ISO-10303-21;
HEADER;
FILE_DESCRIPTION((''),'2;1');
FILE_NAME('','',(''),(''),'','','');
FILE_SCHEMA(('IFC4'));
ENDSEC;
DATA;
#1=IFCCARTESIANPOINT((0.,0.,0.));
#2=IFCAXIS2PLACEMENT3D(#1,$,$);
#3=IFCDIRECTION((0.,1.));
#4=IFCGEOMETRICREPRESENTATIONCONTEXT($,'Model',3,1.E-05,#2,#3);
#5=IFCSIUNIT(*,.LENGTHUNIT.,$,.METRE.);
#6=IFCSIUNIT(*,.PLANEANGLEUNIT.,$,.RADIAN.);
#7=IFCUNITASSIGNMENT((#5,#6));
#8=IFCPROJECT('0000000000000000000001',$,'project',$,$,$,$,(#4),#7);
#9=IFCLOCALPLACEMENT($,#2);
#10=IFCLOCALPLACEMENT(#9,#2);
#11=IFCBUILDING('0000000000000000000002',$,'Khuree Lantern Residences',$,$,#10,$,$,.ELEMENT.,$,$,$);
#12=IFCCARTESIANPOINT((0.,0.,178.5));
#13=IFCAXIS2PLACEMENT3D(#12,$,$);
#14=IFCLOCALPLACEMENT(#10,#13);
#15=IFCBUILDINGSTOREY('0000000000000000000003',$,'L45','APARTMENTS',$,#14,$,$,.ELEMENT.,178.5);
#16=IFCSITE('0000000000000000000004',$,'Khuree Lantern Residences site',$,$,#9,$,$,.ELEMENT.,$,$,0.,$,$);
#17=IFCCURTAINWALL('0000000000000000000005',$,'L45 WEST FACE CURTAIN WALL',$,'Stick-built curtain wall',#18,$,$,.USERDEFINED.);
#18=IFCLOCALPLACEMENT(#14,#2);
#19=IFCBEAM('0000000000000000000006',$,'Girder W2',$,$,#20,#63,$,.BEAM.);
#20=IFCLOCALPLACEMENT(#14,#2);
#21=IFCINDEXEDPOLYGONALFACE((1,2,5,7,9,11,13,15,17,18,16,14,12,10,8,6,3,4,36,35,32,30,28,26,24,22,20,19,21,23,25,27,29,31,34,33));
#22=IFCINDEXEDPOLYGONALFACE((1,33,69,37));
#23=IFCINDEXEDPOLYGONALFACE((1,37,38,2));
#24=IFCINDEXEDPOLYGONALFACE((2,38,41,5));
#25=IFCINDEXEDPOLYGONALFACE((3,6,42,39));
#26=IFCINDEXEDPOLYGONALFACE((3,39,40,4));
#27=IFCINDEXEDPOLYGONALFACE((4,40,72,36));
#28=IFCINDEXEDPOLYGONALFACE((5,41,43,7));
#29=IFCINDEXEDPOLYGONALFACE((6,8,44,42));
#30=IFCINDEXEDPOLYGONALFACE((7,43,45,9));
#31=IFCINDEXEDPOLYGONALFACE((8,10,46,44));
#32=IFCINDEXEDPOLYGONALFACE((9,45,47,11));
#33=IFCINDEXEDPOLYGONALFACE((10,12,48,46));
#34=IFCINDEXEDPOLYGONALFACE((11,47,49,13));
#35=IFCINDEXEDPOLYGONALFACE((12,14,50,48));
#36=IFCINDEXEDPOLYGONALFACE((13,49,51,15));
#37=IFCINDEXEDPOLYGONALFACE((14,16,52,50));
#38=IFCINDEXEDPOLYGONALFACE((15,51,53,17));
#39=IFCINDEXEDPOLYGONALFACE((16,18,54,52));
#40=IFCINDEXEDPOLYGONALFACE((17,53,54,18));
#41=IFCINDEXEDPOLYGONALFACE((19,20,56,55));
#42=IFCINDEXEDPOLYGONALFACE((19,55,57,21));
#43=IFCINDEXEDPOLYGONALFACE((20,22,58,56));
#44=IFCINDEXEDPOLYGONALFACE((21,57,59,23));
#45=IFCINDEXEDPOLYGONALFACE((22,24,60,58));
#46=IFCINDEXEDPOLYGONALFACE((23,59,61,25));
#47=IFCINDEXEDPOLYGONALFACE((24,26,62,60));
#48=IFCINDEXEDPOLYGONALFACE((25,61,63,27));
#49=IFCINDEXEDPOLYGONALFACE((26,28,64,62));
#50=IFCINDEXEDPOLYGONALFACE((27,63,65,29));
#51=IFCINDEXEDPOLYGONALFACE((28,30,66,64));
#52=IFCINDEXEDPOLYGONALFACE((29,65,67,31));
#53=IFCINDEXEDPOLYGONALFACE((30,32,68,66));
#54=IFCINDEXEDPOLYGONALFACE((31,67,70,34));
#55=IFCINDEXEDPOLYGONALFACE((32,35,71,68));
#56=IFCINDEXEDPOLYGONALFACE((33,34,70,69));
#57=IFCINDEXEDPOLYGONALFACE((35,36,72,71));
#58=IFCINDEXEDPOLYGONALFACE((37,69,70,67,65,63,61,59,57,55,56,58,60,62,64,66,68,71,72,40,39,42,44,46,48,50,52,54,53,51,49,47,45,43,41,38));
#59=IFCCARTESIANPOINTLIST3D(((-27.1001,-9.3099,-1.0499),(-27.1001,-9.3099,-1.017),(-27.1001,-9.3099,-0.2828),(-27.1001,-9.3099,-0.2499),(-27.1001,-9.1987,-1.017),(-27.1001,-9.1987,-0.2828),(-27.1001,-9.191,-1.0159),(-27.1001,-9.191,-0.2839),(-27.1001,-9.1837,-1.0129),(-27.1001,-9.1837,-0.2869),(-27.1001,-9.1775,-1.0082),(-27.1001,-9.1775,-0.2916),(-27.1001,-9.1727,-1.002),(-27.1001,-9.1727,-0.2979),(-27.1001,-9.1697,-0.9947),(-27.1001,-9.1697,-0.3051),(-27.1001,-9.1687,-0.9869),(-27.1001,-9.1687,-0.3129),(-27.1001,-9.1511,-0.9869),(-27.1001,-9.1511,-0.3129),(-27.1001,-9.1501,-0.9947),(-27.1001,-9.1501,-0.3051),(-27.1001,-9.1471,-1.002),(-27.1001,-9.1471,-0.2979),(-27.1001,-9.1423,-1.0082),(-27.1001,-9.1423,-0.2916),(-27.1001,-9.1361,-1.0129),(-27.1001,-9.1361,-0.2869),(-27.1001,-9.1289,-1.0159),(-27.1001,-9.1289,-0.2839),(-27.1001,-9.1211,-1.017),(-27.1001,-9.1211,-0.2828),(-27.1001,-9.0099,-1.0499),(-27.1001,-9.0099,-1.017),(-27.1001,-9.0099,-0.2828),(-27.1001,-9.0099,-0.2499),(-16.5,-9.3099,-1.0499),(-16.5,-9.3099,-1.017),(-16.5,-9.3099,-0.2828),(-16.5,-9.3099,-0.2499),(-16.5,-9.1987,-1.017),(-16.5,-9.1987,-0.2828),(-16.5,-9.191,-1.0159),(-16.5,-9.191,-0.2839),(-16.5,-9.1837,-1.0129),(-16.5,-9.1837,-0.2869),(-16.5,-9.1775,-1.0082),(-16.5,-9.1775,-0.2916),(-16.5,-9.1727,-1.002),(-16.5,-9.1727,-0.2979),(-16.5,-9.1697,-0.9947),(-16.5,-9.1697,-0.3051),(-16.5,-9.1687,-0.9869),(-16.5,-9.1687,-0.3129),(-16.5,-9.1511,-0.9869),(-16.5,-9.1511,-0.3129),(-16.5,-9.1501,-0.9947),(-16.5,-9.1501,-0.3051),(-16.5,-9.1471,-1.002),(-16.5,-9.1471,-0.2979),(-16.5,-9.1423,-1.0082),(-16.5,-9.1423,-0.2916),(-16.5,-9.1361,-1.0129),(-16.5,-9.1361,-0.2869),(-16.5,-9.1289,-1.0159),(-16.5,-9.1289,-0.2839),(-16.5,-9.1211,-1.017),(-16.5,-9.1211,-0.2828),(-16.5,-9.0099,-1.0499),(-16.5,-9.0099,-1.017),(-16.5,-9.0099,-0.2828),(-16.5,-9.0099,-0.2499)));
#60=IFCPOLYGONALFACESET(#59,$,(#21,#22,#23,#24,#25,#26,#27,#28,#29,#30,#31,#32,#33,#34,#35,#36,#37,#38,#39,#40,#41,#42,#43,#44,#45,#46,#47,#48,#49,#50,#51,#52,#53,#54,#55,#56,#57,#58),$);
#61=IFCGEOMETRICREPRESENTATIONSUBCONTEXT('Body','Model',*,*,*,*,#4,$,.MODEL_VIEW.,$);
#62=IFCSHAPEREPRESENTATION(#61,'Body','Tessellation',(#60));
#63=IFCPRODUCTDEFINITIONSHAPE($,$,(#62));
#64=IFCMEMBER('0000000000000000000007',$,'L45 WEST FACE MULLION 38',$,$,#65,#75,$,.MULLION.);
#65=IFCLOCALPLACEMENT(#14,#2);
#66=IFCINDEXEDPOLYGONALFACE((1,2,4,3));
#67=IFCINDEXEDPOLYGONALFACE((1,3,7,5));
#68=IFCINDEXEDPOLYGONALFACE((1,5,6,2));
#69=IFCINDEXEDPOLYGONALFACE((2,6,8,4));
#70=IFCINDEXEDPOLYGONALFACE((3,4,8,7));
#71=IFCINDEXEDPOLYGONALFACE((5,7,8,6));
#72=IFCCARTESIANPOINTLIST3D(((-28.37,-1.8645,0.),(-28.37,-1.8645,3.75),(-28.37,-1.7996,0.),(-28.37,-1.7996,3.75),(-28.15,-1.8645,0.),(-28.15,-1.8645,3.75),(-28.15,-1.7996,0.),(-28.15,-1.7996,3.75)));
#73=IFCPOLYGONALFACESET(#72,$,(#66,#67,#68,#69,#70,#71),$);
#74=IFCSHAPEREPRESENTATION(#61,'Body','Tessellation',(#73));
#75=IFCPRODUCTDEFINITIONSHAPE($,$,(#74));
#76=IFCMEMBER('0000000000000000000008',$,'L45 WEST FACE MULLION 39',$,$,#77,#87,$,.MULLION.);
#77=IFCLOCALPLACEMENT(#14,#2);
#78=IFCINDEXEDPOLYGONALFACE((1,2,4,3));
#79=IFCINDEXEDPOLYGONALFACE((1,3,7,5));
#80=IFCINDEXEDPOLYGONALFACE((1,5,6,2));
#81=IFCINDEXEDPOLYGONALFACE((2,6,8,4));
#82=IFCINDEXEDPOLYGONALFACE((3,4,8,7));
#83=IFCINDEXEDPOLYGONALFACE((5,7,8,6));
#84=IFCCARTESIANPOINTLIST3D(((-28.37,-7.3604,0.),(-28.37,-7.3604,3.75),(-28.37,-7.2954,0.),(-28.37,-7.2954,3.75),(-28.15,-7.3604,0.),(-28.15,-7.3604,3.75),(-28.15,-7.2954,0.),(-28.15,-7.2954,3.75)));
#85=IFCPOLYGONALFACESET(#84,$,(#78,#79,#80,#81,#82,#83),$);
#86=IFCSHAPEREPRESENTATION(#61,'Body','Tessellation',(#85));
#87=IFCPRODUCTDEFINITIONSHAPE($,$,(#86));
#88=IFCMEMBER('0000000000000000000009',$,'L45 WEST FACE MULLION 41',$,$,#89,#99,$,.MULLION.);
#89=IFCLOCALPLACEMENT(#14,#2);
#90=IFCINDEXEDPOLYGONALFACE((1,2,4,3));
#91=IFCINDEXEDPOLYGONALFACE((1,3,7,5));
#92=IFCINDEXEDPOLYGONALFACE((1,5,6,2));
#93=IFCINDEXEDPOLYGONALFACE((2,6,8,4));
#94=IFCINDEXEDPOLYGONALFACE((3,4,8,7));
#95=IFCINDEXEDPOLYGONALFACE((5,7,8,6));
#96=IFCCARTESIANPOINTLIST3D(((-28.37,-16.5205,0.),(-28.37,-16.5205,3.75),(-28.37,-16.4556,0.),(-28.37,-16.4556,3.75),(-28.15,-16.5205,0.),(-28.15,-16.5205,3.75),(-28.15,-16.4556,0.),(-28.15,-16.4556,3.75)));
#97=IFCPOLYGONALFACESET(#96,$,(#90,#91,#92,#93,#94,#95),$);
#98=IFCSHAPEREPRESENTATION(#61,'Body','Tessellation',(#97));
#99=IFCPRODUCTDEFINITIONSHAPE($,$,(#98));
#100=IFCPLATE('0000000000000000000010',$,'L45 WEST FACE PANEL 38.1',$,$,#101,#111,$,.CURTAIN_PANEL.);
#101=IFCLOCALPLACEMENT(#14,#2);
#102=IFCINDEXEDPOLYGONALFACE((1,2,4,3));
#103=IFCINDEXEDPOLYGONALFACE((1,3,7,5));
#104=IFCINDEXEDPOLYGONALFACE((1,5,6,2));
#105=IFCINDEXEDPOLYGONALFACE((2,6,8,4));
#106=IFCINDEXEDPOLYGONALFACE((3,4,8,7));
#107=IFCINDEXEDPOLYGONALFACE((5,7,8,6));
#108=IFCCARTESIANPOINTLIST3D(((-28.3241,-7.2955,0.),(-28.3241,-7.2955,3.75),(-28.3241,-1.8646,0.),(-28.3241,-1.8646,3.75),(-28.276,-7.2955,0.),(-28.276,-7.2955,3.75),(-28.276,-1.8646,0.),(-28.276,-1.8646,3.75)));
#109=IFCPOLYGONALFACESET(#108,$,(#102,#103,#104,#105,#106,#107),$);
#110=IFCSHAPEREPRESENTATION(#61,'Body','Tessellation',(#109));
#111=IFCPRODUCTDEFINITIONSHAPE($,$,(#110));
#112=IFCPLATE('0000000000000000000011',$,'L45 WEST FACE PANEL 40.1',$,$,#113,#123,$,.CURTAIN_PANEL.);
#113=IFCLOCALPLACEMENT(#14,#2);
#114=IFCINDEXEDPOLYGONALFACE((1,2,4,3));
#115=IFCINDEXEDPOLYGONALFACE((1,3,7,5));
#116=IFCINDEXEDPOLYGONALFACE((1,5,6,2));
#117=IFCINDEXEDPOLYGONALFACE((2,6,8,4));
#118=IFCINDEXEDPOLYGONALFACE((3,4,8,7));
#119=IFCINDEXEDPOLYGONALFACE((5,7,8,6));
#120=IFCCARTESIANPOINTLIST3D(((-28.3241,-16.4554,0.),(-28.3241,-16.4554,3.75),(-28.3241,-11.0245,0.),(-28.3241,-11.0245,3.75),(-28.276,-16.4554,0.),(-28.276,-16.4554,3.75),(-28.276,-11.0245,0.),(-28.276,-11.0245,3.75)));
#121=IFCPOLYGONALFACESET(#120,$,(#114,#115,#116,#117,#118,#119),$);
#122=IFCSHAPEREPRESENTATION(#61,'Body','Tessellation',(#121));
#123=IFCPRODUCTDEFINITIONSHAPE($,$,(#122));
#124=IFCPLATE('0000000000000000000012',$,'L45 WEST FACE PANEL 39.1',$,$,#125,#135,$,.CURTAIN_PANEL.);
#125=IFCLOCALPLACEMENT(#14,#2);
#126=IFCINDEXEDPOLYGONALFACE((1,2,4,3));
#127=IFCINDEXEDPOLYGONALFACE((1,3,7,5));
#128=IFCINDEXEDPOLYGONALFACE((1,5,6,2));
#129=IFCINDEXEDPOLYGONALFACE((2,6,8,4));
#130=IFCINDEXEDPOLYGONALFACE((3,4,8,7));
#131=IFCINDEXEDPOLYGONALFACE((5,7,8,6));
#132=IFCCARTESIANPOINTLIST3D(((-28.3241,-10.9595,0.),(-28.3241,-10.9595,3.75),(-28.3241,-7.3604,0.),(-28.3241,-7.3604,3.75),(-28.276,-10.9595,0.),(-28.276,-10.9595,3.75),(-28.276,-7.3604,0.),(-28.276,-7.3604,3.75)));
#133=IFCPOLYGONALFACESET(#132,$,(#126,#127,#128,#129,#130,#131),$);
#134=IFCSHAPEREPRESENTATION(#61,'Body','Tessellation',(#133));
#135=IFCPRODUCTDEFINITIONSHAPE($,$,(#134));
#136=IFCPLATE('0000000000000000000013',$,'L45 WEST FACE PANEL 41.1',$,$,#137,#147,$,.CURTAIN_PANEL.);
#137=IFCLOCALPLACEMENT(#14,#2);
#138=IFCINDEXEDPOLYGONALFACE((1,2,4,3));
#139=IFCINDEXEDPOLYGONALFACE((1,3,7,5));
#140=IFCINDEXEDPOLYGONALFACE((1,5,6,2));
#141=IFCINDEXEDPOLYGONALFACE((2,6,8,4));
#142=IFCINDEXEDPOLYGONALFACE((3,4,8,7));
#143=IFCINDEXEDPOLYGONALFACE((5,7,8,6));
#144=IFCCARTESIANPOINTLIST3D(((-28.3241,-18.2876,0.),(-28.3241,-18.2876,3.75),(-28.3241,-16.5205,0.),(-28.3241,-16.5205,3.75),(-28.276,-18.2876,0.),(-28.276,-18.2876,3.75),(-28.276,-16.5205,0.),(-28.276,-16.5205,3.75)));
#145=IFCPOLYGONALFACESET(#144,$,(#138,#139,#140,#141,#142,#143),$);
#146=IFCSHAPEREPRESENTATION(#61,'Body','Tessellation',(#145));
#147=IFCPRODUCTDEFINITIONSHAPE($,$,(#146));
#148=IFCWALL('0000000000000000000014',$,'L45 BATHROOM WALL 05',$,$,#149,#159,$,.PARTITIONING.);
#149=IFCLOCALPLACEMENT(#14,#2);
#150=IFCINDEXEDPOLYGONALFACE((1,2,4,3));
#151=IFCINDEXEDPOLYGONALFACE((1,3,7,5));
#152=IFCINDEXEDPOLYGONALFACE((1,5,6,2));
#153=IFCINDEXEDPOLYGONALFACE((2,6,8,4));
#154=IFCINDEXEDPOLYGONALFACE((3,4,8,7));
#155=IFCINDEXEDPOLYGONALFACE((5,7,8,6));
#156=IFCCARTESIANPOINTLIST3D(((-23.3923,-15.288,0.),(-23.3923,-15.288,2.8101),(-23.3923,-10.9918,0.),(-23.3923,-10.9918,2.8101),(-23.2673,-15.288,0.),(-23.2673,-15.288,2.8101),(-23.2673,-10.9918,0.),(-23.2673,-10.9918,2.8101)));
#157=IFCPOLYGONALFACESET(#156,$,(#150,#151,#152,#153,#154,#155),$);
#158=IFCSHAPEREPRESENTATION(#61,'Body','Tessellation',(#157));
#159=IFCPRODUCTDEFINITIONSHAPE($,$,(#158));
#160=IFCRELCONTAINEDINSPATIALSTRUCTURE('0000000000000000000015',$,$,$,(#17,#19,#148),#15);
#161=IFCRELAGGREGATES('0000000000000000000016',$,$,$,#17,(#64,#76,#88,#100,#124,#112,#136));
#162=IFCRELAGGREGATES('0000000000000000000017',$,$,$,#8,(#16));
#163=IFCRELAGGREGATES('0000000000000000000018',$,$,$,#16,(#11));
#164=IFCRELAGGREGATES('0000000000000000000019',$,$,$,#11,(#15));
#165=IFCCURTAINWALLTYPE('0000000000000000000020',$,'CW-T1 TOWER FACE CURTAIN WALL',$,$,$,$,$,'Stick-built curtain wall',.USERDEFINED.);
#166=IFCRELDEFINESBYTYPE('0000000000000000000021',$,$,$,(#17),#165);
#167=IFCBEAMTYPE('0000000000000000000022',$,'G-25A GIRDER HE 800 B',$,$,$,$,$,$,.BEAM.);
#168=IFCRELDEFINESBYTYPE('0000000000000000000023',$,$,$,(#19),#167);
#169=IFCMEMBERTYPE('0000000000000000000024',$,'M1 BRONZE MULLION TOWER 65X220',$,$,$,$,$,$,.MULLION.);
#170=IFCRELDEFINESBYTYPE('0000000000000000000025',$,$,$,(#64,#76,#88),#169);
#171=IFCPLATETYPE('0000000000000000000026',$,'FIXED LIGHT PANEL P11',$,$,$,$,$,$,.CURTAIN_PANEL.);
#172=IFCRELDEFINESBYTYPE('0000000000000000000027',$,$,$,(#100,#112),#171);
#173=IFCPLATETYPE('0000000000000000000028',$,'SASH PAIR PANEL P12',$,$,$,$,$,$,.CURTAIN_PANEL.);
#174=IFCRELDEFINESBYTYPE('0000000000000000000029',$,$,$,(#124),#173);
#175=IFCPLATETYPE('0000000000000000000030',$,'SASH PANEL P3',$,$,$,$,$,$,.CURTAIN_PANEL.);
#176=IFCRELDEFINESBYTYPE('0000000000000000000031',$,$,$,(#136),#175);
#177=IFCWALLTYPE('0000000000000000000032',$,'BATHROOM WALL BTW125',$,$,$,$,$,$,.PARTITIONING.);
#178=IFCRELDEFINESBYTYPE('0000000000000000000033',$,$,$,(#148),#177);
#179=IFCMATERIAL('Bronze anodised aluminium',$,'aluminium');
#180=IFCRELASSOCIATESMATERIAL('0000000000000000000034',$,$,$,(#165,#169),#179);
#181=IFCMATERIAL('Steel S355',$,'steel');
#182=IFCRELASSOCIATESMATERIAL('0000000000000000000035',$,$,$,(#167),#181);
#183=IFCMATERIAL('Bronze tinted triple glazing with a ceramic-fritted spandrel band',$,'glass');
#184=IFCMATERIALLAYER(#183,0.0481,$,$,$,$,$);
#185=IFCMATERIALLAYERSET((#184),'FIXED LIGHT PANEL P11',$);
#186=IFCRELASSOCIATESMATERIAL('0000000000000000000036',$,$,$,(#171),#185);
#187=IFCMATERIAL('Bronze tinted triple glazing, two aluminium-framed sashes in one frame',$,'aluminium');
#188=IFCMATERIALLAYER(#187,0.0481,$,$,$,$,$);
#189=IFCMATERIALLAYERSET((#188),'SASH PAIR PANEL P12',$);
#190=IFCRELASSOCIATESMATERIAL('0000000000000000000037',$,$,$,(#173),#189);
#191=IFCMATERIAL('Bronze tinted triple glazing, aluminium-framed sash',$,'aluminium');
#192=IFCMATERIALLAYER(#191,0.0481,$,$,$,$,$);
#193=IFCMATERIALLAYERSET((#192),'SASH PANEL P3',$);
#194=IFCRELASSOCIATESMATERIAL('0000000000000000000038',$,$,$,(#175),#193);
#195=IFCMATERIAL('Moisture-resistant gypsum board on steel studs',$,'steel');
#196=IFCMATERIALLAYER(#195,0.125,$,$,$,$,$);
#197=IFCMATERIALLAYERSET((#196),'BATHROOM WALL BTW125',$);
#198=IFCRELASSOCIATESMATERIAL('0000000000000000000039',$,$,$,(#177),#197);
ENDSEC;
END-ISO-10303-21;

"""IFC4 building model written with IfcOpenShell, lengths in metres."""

from ifc_helpers import new_model, si_unit, direction, frame, frame_2d, origin, origin_2d, place, context, subcontext, project, spatial, rectangle, i_section, extrude, material, layer, layer_set, material_profile, profile_set, type_object, element, aggregate, save


model = new_model("IFC4")

# Units and contexts
model_context = context("Model", 3, precision=1e-05, world=origin(), true_north=direction((0.0, 1.0)))
body_context = subcontext(model_context, "Body", "Model", "MODEL_VIEW")
ifc_project = project(units=[si_unit("LENGTHUNIT", "METRE"), si_unit("PLANEANGLEUNIT", "RADIAN")], contexts=[model_context])

# Site, building, storey
site_placement = place(None, origin())
site = spatial("IfcSite", under=ifc_project, at=site_placement, Name="Khuree Lantern Residences site", CompositionType="ELEMENT", RefElevation=0.0)
building_placement = place(site_placement, origin())
building = spatial("IfcBuilding", under=site, at=building_placement, Name="Khuree Lantern Residences", CompositionType="ELEMENT")
storey_placement = place(building_placement, frame((0.0, 0.0, 178.5)))
storey = spatial("IfcBuildingStorey", under=building, at=storey_placement, Name="L45", Description="APARTMENTS", CompositionType="ELEMENT", Elevation=178.5)

# Shared definitions
ifc_material_1 = material(Name="Steel S355", Category="steel")

# Curtain wall
ifc_material_2 = material(Name="Bronze anodised aluminium", Category="aluminium")
curtain_wall_type = type_object("IfcCurtainWallType", Name="CW-T1 TOWER FACE CURTAIN WALL", ElementType="Stick-built curtain wall", PredefinedType="USERDEFINED", material=ifc_material_2)
curtain_wall_placement = place(storey_placement, origin())
curtain_wall = element("IfcCurtainWall", 1, at=curtain_wall_placement, inside=storey, type_object=curtain_wall_type, Name="L45 WEST FACE CURTAIN WALL", ObjectType="Stick-built curtain wall", PredefinedType="USERDEFINED")

# Beam
ifc_material_profile_1 = material_profile(ifc_material_1, i_section(OverallWidth=0.3, OverallDepth=0.8, WebThickness=0.0176, FlangeThickness=0.033, FilletRadius=0.03, at=origin_2d()), Name="HE 800 B")
ifc_profile_set_1 = profile_set([ifc_material_profile_1], Name="Steel S355")
beam_type_1 = type_object("IfcBeamType", Name="G-25A GIRDER HE 800 B", PredefinedType="BEAM", material=ifc_profile_set_1)
beam_1_placement = place(storey_placement, frame((-27.1001, -9.1599, -0.6499), z_axis=(1.0, 0.0, 0.0), x_axis=(0.0, 1.0, 0.0)))
element("IfcBeam", 2, at=beam_1_placement, inside=storey, type_object=beam_type_1, Name="Girder W2", PredefinedType="BEAM", context=body_context, shape_type="SweptSolid", body=[
    extrude(i_section(OverallWidth=0.3, OverallDepth=0.8, WebThickness=0.0176, FlangeThickness=0.033, FilletRadius=0.03, at=origin_2d()), origin(), (0.0, 0.0, 1.0), 10.6001),
])

# Members
ifc_material_profile_2 = material_profile(ifc_material_2, rectangle(XDim=0.0649, YDim=0.22, at=origin_2d()), Name="M1 65X220")
ifc_profile_set_2 = profile_set([ifc_material_profile_2], Name="Bronze anodised aluminium")
member_type_1 = type_object("IfcMemberType", Name="M1 BRONZE MULLION TOWER 65X220", PredefinedType="MULLION", material=ifc_profile_set_2)
member_1_placement = place(storey_placement, frame((-28.26, -1.832, 0.0), z_axis=(0.0, 0.0, 1.0), x_axis=(0.0, -1.0, 0.0)))
member_1 = element("IfcMember", 3, at=member_1_placement, type_object=member_type_1, Name="L45 WEST FACE MULLION 38", PredefinedType="MULLION", context=body_context, shape_type="SweptSolid", body=[
    extrude(rectangle(XDim=0.0649, YDim=0.22, at=origin_2d()), origin(), (0.0, 0.0, 1.0), 3.75),
])
member_2_placement = place(storey_placement, frame((-28.26, -7.3279, 0.0), z_axis=(0.0, 0.0, 1.0), x_axis=(0.0, -1.0, 0.0)))
member_2 = element("IfcMember", 4, at=member_2_placement, type_object=member_type_1, Name="L45 WEST FACE MULLION 39", PredefinedType="MULLION", context=body_context, shape_type="SweptSolid", body=[
    extrude(rectangle(XDim=0.0649, YDim=0.22, at=origin_2d()), origin(), (0.0, 0.0, 1.0), 3.75),
])
member_3_placement = place(storey_placement, frame((-28.26, -16.488, 0.0), z_axis=(0.0, 0.0, 1.0), x_axis=(0.0, -1.0, 0.0)))
member_3 = element("IfcMember", 5, at=member_3_placement, type_object=member_type_1, Name="L45 WEST FACE MULLION 41", PredefinedType="MULLION", context=body_context, shape_type="SweptSolid", body=[
    extrude(rectangle(XDim=0.0649, YDim=0.22, at=origin_2d()), origin(), (0.0, 0.0, 1.0), 3.75),
])

# Plates
ifc_material_3 = material(Name="Bronze tinted triple glazing with a ceramic-fritted spandrel band", Category="glass")
ifc_layer_1 = layer(ifc_material_3, 0.0481)
ifc_layer_set_1 = layer_set([ifc_layer_1], Name="FIXED LIGHT PANEL P11")
plate_type_1 = type_object("IfcPlateType", Name="FIXED LIGHT PANEL P11", PredefinedType="CURTAIN_PANEL", material=ifc_layer_set_1)
plate_1_placement = place(storey_placement, frame((-28.3, -4.5801, 0.0), z_axis=(0.0, 0.0, 1.0), x_axis=(0.0, -1.0, 0.0)))
plate_1 = element("IfcPlate", 6, at=plate_1_placement, type_object=plate_type_1, Name="L45 WEST FACE PANEL 38.1", PredefinedType="CURTAIN_PANEL", context=body_context, shape_type="SweptSolid", body=[
    extrude(rectangle(XDim=5.4309, YDim=0.0481, at=origin_2d()), origin(), (0.0, 0.0, 1.0), 3.75),
])
plate_2_placement = place(storey_placement, frame((-28.3, -13.74, 0.0), z_axis=(0.0, 0.0, 1.0), x_axis=(0.0, -1.0, 0.0)))
plate_2 = element("IfcPlate", 7, at=plate_2_placement, type_object=plate_type_1, Name="L45 WEST FACE PANEL 40.1", PredefinedType="CURTAIN_PANEL", context=body_context, shape_type="SweptSolid", body=[
    extrude(rectangle(XDim=5.4309, YDim=0.0481, at=origin_2d()), origin(), (0.0, 0.0, 1.0), 3.75),
])
ifc_material_4 = material(Name="Bronze tinted triple glazing, two aluminium-framed sashes in one frame", Category="aluminium")
ifc_layer_2 = layer(ifc_material_4, 0.0481)
ifc_layer_set_2 = layer_set([ifc_layer_2], Name="SASH PAIR PANEL P12")
plate_type_2 = type_object("IfcPlateType", Name="SASH PAIR PANEL P12", PredefinedType="CURTAIN_PANEL", material=ifc_layer_set_2)
plate_3_placement = place(storey_placement, frame((-28.3, -9.1599, 0.0), z_axis=(0.0, 0.0, 1.0), x_axis=(0.0, -1.0, 0.0)))
plate_3 = element("IfcPlate", 8, at=plate_3_placement, type_object=plate_type_2, Name="L45 WEST FACE PANEL 39.1", PredefinedType="CURTAIN_PANEL", context=body_context, shape_type="SweptSolid", body=[
    extrude(rectangle(XDim=3.5991, YDim=0.0481, at=origin_2d()), origin(), (0.0, 0.0, 1.0), 3.75),
])
ifc_material_5 = material(Name="Bronze tinted triple glazing, aluminium-framed sash", Category="aluminium")
ifc_layer_3 = layer(ifc_material_5, 0.0481)
ifc_layer_set_3 = layer_set([ifc_layer_3], Name="SASH PANEL P3")
plate_type_3 = type_object("IfcPlateType", Name="SASH PANEL P3", PredefinedType="CURTAIN_PANEL", material=ifc_layer_set_3)
plate_4_placement = place(storey_placement, frame((-28.3, -17.4041, 0.0), z_axis=(0.0, 0.0, 1.0), x_axis=(0.0, -1.0, 0.0)))
plate_4 = element("IfcPlate", 9, at=plate_4_placement, type_object=plate_type_3, Name="L45 WEST FACE PANEL 41.1", PredefinedType="CURTAIN_PANEL", context=body_context, shape_type="SweptSolid", body=[
    extrude(rectangle(XDim=1.7671, YDim=0.0481, at=origin_2d()), origin(), (0.0, 0.0, 1.0), 3.75),
])
aggregate(curtain_wall, [member_1, member_2, member_3, plate_1, plate_3, plate_2, plate_4])

# Wall
ifc_material_6 = material(Name="Moisture-resistant gypsum board on steel studs", Category="steel")
ifc_layer_4 = layer(ifc_material_6, 0.125)
ifc_layer_set_4 = layer_set([ifc_layer_4], Name="BATHROOM WALL BTW125")
wall_type_1 = type_object("IfcWallType", Name="BATHROOM WALL BTW125", PredefinedType="PARTITIONING", material=ifc_layer_set_4)
wall_1_placement = place(storey_placement, frame((-23.3298, -10.9919, 0.0), z_axis=(0.0, 0.0, 1.0), x_axis=(0.0, -1.0, 0.0)))
element("IfcWall", 10, at=wall_1_placement, inside=storey, type_object=wall_type_1, Name="L45 BATHROOM WALL 05", PredefinedType="PARTITIONING", context=body_context, shape_type="SweptSolid", body=[
    extrude(rectangle(XDim=4.2961, YDim=0.125, at=frame_2d((2.1479, 0.0))), origin(), (0.0, 0.0, 1.0), 2.8101),
])

save(model, "model.ifc")
